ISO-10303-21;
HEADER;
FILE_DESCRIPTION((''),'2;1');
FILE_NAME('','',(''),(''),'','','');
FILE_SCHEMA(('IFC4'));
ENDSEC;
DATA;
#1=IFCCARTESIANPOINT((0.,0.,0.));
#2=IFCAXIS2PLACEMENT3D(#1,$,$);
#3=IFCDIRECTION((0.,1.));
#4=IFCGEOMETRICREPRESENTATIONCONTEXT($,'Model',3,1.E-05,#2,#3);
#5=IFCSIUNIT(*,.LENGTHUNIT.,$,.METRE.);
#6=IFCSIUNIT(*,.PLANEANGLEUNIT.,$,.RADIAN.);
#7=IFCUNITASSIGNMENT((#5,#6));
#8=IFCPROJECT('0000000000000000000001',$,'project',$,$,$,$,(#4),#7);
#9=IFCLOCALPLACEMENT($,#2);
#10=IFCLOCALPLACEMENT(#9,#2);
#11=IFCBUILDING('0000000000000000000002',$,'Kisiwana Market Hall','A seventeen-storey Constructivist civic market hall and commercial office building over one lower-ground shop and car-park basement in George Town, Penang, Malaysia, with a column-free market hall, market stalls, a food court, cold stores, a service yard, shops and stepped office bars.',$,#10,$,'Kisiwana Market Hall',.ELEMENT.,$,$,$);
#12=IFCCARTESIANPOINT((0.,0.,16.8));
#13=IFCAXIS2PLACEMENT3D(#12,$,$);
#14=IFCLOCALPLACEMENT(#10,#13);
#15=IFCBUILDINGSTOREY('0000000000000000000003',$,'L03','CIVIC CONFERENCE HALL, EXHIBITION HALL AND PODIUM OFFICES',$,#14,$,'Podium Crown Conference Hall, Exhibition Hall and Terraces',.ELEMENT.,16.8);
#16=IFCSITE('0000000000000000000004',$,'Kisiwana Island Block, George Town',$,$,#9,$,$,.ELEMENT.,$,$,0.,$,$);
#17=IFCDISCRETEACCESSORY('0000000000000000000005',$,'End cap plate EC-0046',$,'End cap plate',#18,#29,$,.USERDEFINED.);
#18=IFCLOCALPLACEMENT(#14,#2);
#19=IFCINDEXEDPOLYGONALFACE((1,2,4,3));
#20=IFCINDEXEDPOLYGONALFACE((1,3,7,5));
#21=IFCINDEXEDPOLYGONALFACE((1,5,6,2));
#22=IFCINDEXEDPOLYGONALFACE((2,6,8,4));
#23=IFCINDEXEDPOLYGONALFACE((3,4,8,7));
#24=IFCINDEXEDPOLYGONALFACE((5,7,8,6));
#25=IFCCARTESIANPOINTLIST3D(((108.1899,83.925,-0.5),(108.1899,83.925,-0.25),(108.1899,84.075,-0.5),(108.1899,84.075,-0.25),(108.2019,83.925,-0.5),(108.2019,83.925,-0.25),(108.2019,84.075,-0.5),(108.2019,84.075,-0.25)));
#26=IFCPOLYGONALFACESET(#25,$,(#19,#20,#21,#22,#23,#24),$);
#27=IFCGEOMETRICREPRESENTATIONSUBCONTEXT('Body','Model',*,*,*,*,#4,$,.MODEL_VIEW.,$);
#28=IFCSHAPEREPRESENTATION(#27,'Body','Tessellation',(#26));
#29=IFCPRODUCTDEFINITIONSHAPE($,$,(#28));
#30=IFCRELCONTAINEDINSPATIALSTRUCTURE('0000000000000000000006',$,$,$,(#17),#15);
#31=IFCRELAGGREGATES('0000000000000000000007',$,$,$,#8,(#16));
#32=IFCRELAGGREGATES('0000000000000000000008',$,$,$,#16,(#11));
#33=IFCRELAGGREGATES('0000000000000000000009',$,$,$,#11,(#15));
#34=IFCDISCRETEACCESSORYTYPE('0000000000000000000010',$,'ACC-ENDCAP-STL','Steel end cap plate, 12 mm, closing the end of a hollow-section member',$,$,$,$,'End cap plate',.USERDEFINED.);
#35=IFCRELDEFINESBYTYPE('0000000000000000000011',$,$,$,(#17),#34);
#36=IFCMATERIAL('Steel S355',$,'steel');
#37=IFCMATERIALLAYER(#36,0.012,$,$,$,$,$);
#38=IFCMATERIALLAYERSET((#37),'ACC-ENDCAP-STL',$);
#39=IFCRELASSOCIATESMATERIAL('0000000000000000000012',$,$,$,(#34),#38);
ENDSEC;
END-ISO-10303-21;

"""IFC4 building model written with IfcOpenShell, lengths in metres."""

from ifc_helpers import new_model, si_unit, direction, frame, origin, place, context, subcontext, project, spatial, polyline, outline, extrude, material, layer, layer_set, type_object, element, save


model = new_model("IFC4")

# Units and contexts
model_context = context("Model", 3, precision=1e-05, world=origin(), true_north=direction((0.0, 1.0)))
body_context = subcontext(model_context, "Body", "Model", "MODEL_VIEW")
ifc_project = project(units=[si_unit("LENGTHUNIT", "METRE"), si_unit("PLANEANGLEUNIT", "RADIAN")], contexts=[model_context])

# Site, building, storey
site_placement = place(None, origin())
site = spatial("IfcSite", under=ifc_project, at=site_placement, Name="Kisiwana Island Block, George Town", CompositionType="ELEMENT", RefElevation=0.0)
building_placement = place(site_placement, origin())
building = spatial("IfcBuilding", under=site, at=building_placement, Name="Kisiwana Market Hall", Description="A seventeen-storey Constructivist civic market hall and commercial office building over one lower-ground shop and car-park basement in George Town, Penang, Malaysia, with a column-free market hall, market stalls, a food court, cold stores, a service yard, shops and stepped office bars.", LongName="Kisiwana Market Hall", CompositionType="ELEMENT")
storey_placement = place(building_placement, frame((0.0, 0.0, 16.8)))
storey = spatial("IfcBuildingStorey", under=building, at=storey_placement, Name="L03", Description="CIVIC CONFERENCE HALL, EXHIBITION HALL AND PODIUM OFFICES", LongName="Podium Crown Conference Hall, Exhibition Hall and Terraces", CompositionType="ELEMENT", Elevation=16.8)

# Discrete accessory
ifc_material_1 = material(Name="Steel S355", Category="steel")
ifc_layer_1 = layer(ifc_material_1, 0.012)
ifc_layer_set_1 = layer_set([ifc_layer_1], Name="ACC-ENDCAP-STL")
discrete_accessory_type = type_object("IfcDiscreteAccessoryType", Name="ACC-ENDCAP-STL", Description="Steel end cap plate, 12 mm, closing the end of a hollow-section member", ElementType="End cap plate", PredefinedType="USERDEFINED", material=ifc_layer_set_1)
discrete_accessory_1_placement = place(storey_placement, frame((0.0, 0.0, -0.5)))
element("IfcDiscreteAccessory", 1, at=discrete_accessory_1_placement, inside=storey, type_object=discrete_accessory_type, Name="End cap plate EC-0046", ObjectType="End cap plate", PredefinedType="USERDEFINED", context=body_context, shape_type="SweptSolid", body=[
    extrude(outline(polyline([(108.2019, 83.925), (108.2019, 84.075), (108.1899, 84.075), (108.1899, 83.925), (108.2019, 83.925)])), origin(), (0.0, 0.0, 1.0), 0.25),
])

save(model, "model.ifc")
